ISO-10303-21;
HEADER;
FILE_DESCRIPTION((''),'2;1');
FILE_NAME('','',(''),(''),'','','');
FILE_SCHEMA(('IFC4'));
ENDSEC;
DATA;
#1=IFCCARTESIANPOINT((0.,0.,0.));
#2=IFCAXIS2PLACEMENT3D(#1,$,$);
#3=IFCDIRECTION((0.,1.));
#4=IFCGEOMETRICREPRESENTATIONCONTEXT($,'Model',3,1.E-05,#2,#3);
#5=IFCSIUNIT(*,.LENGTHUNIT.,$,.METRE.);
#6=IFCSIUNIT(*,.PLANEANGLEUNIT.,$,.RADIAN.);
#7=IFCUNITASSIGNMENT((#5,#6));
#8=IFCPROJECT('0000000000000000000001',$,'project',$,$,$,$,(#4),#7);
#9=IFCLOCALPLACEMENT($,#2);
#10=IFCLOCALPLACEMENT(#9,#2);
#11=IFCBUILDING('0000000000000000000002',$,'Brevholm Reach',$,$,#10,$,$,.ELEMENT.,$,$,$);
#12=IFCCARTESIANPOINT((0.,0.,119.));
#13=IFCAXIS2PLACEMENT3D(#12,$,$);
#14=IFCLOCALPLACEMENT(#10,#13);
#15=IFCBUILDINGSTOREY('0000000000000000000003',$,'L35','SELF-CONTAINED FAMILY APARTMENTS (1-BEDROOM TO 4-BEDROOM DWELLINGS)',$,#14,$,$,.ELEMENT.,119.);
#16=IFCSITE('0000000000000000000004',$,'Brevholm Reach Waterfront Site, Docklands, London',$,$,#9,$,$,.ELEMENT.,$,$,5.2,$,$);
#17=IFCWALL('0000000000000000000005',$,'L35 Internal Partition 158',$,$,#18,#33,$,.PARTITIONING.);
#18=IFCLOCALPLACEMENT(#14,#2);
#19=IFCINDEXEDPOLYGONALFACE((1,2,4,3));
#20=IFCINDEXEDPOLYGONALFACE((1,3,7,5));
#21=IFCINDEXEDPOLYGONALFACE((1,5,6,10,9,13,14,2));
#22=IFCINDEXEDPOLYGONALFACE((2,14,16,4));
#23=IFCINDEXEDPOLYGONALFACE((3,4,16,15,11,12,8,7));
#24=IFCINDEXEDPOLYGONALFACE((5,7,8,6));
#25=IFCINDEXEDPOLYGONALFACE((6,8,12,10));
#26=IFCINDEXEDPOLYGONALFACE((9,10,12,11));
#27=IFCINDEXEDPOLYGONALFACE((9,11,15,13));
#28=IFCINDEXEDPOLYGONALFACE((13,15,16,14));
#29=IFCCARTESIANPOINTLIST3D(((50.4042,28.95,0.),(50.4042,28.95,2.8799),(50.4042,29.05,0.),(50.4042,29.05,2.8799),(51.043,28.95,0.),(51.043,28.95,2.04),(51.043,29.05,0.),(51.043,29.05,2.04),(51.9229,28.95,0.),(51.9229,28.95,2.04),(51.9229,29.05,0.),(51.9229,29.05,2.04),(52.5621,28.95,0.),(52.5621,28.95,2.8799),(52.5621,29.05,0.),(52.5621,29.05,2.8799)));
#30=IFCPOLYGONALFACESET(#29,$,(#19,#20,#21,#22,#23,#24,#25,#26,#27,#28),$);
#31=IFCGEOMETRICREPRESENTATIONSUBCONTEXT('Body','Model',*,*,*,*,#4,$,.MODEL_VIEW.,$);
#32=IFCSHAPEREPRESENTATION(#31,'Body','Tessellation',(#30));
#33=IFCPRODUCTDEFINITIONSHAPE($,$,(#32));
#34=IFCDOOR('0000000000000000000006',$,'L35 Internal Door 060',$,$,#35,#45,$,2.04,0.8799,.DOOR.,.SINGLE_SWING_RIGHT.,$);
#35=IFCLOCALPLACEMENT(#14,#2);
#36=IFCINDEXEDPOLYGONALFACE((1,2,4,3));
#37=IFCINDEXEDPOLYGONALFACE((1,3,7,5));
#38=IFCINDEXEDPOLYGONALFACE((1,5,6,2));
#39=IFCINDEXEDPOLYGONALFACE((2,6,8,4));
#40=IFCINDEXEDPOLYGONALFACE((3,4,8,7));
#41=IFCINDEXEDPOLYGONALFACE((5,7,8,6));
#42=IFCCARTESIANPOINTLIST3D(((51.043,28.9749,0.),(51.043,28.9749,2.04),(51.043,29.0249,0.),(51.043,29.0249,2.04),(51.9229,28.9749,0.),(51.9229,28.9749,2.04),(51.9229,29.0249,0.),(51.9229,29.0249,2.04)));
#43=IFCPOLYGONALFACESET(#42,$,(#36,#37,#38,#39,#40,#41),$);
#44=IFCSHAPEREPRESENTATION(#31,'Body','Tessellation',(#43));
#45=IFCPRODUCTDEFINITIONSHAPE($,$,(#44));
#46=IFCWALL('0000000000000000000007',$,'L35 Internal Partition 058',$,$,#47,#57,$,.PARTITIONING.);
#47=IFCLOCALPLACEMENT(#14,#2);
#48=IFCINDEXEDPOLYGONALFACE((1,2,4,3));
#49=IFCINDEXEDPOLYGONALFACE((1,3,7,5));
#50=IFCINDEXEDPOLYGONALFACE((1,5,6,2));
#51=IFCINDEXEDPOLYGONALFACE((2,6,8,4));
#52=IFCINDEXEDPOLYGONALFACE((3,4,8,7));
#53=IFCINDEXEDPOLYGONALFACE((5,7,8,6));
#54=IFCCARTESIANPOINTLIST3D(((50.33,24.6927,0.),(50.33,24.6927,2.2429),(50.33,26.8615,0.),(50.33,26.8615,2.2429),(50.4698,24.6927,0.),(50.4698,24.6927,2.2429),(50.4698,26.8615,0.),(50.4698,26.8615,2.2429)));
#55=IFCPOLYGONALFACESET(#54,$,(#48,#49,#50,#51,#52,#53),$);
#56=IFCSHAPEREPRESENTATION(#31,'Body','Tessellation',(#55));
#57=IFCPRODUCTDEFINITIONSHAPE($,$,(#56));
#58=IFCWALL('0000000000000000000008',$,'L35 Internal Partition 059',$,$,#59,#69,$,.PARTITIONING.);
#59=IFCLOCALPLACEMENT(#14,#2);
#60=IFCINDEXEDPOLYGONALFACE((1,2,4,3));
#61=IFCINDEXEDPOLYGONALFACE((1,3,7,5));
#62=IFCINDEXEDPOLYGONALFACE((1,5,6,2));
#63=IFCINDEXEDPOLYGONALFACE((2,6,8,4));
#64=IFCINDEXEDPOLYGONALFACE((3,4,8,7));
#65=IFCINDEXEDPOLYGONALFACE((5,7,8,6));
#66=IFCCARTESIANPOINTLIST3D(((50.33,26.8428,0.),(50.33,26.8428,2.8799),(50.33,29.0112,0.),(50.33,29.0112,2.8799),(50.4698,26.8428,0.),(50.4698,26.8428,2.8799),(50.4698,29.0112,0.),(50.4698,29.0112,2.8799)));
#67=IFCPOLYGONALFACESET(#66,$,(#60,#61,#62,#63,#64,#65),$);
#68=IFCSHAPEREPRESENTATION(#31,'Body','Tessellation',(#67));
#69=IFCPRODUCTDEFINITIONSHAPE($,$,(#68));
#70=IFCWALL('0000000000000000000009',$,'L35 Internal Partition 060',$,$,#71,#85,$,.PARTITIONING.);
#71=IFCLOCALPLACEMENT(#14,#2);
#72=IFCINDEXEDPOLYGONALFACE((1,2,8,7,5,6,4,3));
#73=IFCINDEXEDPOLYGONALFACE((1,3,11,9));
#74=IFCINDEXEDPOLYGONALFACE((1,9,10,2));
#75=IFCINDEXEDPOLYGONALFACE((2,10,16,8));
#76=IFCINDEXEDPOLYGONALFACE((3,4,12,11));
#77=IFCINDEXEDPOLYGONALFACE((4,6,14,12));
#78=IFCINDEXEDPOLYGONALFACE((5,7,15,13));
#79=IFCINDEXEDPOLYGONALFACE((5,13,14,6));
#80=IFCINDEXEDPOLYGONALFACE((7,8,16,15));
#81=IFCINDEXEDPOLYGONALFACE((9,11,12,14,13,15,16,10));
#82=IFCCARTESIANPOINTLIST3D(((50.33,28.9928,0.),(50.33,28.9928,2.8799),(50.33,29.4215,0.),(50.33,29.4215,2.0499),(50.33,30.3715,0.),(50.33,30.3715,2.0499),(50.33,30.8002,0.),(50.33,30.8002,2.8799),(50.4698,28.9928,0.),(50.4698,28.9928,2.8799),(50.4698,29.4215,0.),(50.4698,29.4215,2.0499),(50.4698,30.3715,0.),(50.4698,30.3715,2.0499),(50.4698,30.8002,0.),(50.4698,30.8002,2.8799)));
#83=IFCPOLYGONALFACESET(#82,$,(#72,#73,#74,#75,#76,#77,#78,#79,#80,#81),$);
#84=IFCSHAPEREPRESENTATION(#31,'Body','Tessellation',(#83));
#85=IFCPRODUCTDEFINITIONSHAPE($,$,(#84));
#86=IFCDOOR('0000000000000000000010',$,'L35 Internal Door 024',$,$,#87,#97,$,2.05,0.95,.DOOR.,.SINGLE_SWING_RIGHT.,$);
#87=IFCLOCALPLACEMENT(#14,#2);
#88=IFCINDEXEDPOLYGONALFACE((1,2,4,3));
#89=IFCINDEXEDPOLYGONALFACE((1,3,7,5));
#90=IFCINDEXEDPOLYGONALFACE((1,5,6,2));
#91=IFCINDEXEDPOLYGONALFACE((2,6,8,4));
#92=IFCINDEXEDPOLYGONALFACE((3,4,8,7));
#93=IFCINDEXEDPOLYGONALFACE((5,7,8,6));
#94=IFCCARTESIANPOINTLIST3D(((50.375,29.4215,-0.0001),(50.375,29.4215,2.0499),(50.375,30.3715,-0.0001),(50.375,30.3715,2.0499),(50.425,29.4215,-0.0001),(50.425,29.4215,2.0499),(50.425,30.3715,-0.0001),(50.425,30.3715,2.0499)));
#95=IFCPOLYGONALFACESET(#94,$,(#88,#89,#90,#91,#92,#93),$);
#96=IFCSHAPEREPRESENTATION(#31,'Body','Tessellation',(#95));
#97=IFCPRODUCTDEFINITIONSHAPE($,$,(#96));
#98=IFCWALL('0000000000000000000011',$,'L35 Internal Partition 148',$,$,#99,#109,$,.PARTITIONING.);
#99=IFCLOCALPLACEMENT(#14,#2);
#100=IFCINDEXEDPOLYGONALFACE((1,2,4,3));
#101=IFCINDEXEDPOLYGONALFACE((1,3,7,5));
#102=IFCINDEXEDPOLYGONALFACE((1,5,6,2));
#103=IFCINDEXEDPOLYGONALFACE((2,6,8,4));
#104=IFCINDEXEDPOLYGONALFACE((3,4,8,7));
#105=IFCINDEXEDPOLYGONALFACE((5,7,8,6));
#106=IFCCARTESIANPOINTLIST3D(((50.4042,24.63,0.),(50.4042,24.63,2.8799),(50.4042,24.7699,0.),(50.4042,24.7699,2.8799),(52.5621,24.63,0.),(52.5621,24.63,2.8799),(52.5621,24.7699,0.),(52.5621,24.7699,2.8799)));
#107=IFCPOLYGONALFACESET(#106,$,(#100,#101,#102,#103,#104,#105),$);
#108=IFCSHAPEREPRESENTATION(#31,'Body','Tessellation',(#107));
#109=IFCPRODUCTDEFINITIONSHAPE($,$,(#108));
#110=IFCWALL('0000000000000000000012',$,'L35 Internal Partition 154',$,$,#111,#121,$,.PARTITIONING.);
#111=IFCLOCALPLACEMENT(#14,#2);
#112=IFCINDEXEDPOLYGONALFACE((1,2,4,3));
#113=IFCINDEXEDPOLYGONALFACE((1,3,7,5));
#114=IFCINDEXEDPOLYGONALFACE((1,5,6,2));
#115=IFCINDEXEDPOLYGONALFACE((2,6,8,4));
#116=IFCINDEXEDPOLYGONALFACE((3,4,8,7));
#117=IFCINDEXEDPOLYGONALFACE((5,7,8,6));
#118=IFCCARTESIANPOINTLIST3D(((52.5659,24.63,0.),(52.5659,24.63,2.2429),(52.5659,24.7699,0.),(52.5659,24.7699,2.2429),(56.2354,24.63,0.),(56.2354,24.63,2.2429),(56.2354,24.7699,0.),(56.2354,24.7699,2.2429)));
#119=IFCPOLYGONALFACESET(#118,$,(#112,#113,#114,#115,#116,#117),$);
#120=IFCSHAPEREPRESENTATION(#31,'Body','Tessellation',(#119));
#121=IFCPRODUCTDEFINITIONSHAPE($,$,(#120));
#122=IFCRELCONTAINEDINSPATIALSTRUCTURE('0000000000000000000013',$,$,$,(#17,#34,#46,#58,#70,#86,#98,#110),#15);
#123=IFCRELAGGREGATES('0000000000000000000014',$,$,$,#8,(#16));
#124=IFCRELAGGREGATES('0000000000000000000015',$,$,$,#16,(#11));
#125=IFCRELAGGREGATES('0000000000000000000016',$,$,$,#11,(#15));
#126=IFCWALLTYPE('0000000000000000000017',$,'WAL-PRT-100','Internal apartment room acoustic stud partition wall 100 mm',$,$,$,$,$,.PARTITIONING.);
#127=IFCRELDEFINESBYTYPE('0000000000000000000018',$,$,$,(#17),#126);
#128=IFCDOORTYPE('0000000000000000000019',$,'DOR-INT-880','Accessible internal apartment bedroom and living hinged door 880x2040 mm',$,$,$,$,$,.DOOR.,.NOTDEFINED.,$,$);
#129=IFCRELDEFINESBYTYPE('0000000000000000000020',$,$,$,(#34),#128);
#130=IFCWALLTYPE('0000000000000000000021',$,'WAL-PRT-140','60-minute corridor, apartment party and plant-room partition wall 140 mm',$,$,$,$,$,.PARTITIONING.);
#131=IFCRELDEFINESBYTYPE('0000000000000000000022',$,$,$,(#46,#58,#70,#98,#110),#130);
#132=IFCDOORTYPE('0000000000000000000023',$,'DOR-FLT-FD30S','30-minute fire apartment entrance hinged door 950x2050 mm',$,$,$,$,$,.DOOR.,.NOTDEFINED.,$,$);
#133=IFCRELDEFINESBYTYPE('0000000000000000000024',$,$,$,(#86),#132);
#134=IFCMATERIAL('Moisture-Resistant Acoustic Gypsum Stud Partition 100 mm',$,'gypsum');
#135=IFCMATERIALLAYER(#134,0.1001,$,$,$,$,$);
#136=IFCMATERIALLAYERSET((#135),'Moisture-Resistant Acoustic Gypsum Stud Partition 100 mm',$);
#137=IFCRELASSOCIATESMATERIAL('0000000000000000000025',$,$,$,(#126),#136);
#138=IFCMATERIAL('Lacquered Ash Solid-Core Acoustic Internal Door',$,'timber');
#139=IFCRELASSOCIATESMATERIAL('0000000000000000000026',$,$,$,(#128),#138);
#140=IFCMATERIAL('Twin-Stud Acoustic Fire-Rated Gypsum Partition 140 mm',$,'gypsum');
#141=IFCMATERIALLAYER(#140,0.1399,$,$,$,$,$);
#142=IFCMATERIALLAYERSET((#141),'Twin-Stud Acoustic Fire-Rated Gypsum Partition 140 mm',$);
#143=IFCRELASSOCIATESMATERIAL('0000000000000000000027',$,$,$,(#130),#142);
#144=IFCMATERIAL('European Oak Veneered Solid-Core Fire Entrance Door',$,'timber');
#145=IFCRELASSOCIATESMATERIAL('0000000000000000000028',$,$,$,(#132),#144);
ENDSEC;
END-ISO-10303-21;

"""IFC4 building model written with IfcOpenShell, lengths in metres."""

from ifc_helpers import new_model, si_unit, direction, frame, frame_2d, origin, place, context, subcontext, project, spatial, rectangle, extrude, material, layer, layer_set, type_object, element, fill, save


model = new_model("IFC4")

# Units and contexts
model_context = context("Model", 3, precision=1e-05, world=origin(), true_north=direction((0.0, 1.0)))
body_context = subcontext(model_context, "Body", "Model", "MODEL_VIEW")
ifc_project = project(units=[si_unit("LENGTHUNIT", "METRE"), si_unit("PLANEANGLEUNIT", "RADIAN")], contexts=[model_context])

# Site, building, storey
site_placement = place(None, origin())
site = spatial("IfcSite", under=ifc_project, at=site_placement, Name="Brevholm Reach Waterfront Site, Docklands, London", CompositionType="ELEMENT", RefElevation=5.2)
building_placement = place(site_placement, origin())
building = spatial("IfcBuilding", under=site, at=building_placement, Name="Brevholm Reach", CompositionType="ELEMENT")
storey_placement = place(building_placement, frame((0.0, 0.0, 119.0)))
storey = spatial("IfcBuildingStorey", under=building, at=storey_placement, Name="L35", Description="SELF-CONTAINED FAMILY APARTMENTS (1-BEDROOM TO 4-BEDROOM DWELLINGS)", CompositionType="ELEMENT", Elevation=119.0)

# Shared definitions
ifc_material_1 = material(Name="Moisture-Resistant Acoustic Gypsum Stud Partition 100 mm", Category="gypsum")
ifc_layer_1 = layer(ifc_material_1, 0.1001)
ifc_layer_set_1 = layer_set([ifc_layer_1], Name="Moisture-Resistant Acoustic Gypsum Stud Partition 100 mm")
wall_type_1 = type_object("IfcWallType", Name="WAL-PRT-100", Description="Internal apartment room acoustic stud partition wall 100 mm", PredefinedType="PARTITIONING", material=ifc_layer_set_1)

# Wall, opening, door
wall_1_placement = place(storey_placement, frame((50.4041, 29.0, 0.0), z_axis=(0.0, 0.0, 1.0), x_axis=(1.0, 0.0, 0.0)))
wall_1 = element("IfcWall", 1, at=wall_1_placement, inside=storey, type_object=wall_type_1, Name="L35 Internal Partition 158", PredefinedType="PARTITIONING", context=body_context, shape_type="SweptSolid", body=[
    extrude(rectangle(XDim=2.158, YDim=0.1001, at=frame_2d((1.0791, 0.0))), origin(), (0.0, 0.0, 1.0), 2.8799),
])
opening_1_placement = place(wall_1_placement, frame((0.6389, 0.0, 0.0)))
opening_1 = element("IfcOpeningElement", 2, at=opening_1_placement, cuts=wall_1, PredefinedType="OPENING", context=body_context, shape_type="SweptSolid", body=[
    extrude(rectangle(XDim=0.8799, YDim=2.04, at=frame_2d((0.4399, 1.02))), frame((0.0, 0.0601, 0.0), z_axis=(0.0, -1.0, 0.0), x_axis=(1.0, 0.0, 0.0)), (0.0, 0.0, 1.0), 0.1201),
])
ifc_material_2 = material(Name="Lacquered Ash Solid-Core Acoustic Internal Door", Category="timber")
door_type_1 = type_object("IfcDoorType", Name="DOR-INT-880", Description="Accessible internal apartment bedroom and living hinged door 880x2040 mm", OperationType="NOTDEFINED", PredefinedType="DOOR", material=ifc_material_2)
door_1_placement = place(opening_1_placement, origin())
door_1 = element("IfcDoor", 3, at=door_1_placement, inside=storey, type_object=door_type_1, Name="L35 Internal Door 060", OperationType="SINGLE_SWING_RIGHT", OverallHeight=2.04, OverallWidth=0.8799, PredefinedType="DOOR", context=body_context, shape_type="SweptSolid", body=[
    extrude(rectangle(XDim=0.8799, YDim=2.04, at=frame_2d((0.4399, 1.02))), frame((0.0, 0.0249, 0.0), z_axis=(0.0, -1.0, 0.0), x_axis=(1.0, 0.0, 0.0)), (0.0, 0.0, 1.0), 0.05),
])
fill(opening_1, door_1)

# Walls
ifc_material_3 = material(Name="Twin-Stud Acoustic Fire-Rated Gypsum Partition 140 mm", Category="gypsum")
ifc_layer_2 = layer(ifc_material_3, 0.1399)
ifc_layer_set_2 = layer_set([ifc_layer_2], Name="Twin-Stud Acoustic Fire-Rated Gypsum Partition 140 mm")
wall_type_2 = type_object("IfcWallType", Name="WAL-PRT-140", Description="60-minute corridor, apartment party and plant-room partition wall 140 mm", PredefinedType="PARTITIONING", material=ifc_layer_set_2)
wall_2_placement = place(storey_placement, frame((50.3999, 24.6926, 0.0), z_axis=(0.0, 0.0, 1.0), x_axis=(0.0, 1.0, 0.0)))
element("IfcWall", 4, at=wall_2_placement, inside=storey, type_object=wall_type_2, Name="L35 Internal Partition 058", PredefinedType="PARTITIONING", context=body_context, shape_type="SweptSolid", body=[
    extrude(rectangle(XDim=2.1687, YDim=0.1399, at=frame_2d((1.0845, 0.0))), origin(), (0.0, 0.0, 1.0), 2.2429),
])
wall_3_placement = place(storey_placement, frame((50.3999, 26.8428, 0.0), z_axis=(0.0, 0.0, 1.0), x_axis=(0.0, 1.0, 0.0)))
element("IfcWall", 5, at=wall_3_placement, inside=storey, type_object=wall_type_2, Name="L35 Internal Partition 059", PredefinedType="PARTITIONING", context=body_context, shape_type="SweptSolid", body=[
    extrude(rectangle(XDim=2.1685, YDim=0.1399, at=frame_2d((1.0842, 0.0))), origin(), (0.0, 0.0, 1.0), 2.8799),
])

# Wall, opening, door
wall_4_placement = place(storey_placement, frame((50.3999, 28.9927, 0.0), z_axis=(0.0, 0.0, 1.0), x_axis=(0.0, 1.0, 0.0)))
wall_4 = element("IfcWall", 6, at=wall_4_placement, inside=storey, type_object=wall_type_2, Name="L35 Internal Partition 060", PredefinedType="PARTITIONING", context=body_context, shape_type="SweptSolid", body=[
    extrude(rectangle(XDim=1.8074, YDim=0.1399, at=frame_2d((0.9038, 0.0))), origin(), (0.0, 0.0, 1.0), 2.8799),
])
opening_2_placement = place(wall_4_placement, frame((0.4287, 0.0, 0.0)))
opening_2 = element("IfcOpeningElement", 7, at=opening_2_placement, cuts=wall_4, PredefinedType="OPENING", context=body_context, shape_type="SweptSolid", body=[
    extrude(rectangle(XDim=0.95, YDim=2.05, at=frame_2d((0.4751, 1.0249))), frame((0.0, 0.0798, 0.0), z_axis=(0.0, -1.0, 0.0), x_axis=(1.0, 0.0, 0.0)), (0.0, 0.0, 1.0), 0.1599),
])
ifc_material_4 = material(Name="European Oak Veneered Solid-Core Fire Entrance Door", Category="timber")
door_type_2 = type_object("IfcDoorType", Name="DOR-FLT-FD30S", Description="30-minute fire apartment entrance hinged door 950x2050 mm", OperationType="NOTDEFINED", PredefinedType="DOOR", material=ifc_material_4)
door_2_placement = place(opening_2_placement, origin())
door_2 = element("IfcDoor", 8, at=door_2_placement, inside=storey, type_object=door_type_2, Name="L35 Internal Door 024", OperationType="SINGLE_SWING_RIGHT", OverallHeight=2.05, OverallWidth=0.95, PredefinedType="DOOR", context=body_context, shape_type="SweptSolid", body=[
    extrude(rectangle(XDim=0.95, YDim=2.05, at=frame_2d((0.4751, 1.0249))), frame((0.0, 0.0249, 0.0), z_axis=(0.0, -1.0, 0.0), x_axis=(1.0, 0.0, 0.0)), (0.0, 0.0, 1.0), 0.05),
])
fill(opening_2, door_2)

# Walls
wall_5_placement = place(storey_placement, frame((50.4041, 24.7, 0.0), z_axis=(0.0, 0.0, 1.0), x_axis=(1.0, 0.0, 0.0)))
element("IfcWall", 9, at=wall_5_placement, inside=storey, type_object=wall_type_2, Name="L35 Internal Partition 148", PredefinedType="PARTITIONING", context=body_context, shape_type="SweptSolid", body=[
    extrude(rectangle(XDim=2.158, YDim=0.1399, at=frame_2d((1.0791, 0.0))), origin(), (0.0, 0.0, 1.0), 2.8799),
])
wall_6_placement = place(storey_placement, frame((52.5659, 24.7, 0.0), z_axis=(0.0, 0.0, 1.0), x_axis=(1.0, 0.0, 0.0)))
element("IfcWall", 10, at=wall_6_placement, inside=storey, type_object=wall_type_2, Name="L35 Internal Partition 154", PredefinedType="PARTITIONING", context=body_context, shape_type="SweptSolid", body=[
    extrude(rectangle(XDim=3.6694, YDim=0.1399, at=frame_2d((1.8347, 0.0))), origin(), (0.0, 0.0, 1.0), 2.2429),
])

save(model, "model.ifc")
